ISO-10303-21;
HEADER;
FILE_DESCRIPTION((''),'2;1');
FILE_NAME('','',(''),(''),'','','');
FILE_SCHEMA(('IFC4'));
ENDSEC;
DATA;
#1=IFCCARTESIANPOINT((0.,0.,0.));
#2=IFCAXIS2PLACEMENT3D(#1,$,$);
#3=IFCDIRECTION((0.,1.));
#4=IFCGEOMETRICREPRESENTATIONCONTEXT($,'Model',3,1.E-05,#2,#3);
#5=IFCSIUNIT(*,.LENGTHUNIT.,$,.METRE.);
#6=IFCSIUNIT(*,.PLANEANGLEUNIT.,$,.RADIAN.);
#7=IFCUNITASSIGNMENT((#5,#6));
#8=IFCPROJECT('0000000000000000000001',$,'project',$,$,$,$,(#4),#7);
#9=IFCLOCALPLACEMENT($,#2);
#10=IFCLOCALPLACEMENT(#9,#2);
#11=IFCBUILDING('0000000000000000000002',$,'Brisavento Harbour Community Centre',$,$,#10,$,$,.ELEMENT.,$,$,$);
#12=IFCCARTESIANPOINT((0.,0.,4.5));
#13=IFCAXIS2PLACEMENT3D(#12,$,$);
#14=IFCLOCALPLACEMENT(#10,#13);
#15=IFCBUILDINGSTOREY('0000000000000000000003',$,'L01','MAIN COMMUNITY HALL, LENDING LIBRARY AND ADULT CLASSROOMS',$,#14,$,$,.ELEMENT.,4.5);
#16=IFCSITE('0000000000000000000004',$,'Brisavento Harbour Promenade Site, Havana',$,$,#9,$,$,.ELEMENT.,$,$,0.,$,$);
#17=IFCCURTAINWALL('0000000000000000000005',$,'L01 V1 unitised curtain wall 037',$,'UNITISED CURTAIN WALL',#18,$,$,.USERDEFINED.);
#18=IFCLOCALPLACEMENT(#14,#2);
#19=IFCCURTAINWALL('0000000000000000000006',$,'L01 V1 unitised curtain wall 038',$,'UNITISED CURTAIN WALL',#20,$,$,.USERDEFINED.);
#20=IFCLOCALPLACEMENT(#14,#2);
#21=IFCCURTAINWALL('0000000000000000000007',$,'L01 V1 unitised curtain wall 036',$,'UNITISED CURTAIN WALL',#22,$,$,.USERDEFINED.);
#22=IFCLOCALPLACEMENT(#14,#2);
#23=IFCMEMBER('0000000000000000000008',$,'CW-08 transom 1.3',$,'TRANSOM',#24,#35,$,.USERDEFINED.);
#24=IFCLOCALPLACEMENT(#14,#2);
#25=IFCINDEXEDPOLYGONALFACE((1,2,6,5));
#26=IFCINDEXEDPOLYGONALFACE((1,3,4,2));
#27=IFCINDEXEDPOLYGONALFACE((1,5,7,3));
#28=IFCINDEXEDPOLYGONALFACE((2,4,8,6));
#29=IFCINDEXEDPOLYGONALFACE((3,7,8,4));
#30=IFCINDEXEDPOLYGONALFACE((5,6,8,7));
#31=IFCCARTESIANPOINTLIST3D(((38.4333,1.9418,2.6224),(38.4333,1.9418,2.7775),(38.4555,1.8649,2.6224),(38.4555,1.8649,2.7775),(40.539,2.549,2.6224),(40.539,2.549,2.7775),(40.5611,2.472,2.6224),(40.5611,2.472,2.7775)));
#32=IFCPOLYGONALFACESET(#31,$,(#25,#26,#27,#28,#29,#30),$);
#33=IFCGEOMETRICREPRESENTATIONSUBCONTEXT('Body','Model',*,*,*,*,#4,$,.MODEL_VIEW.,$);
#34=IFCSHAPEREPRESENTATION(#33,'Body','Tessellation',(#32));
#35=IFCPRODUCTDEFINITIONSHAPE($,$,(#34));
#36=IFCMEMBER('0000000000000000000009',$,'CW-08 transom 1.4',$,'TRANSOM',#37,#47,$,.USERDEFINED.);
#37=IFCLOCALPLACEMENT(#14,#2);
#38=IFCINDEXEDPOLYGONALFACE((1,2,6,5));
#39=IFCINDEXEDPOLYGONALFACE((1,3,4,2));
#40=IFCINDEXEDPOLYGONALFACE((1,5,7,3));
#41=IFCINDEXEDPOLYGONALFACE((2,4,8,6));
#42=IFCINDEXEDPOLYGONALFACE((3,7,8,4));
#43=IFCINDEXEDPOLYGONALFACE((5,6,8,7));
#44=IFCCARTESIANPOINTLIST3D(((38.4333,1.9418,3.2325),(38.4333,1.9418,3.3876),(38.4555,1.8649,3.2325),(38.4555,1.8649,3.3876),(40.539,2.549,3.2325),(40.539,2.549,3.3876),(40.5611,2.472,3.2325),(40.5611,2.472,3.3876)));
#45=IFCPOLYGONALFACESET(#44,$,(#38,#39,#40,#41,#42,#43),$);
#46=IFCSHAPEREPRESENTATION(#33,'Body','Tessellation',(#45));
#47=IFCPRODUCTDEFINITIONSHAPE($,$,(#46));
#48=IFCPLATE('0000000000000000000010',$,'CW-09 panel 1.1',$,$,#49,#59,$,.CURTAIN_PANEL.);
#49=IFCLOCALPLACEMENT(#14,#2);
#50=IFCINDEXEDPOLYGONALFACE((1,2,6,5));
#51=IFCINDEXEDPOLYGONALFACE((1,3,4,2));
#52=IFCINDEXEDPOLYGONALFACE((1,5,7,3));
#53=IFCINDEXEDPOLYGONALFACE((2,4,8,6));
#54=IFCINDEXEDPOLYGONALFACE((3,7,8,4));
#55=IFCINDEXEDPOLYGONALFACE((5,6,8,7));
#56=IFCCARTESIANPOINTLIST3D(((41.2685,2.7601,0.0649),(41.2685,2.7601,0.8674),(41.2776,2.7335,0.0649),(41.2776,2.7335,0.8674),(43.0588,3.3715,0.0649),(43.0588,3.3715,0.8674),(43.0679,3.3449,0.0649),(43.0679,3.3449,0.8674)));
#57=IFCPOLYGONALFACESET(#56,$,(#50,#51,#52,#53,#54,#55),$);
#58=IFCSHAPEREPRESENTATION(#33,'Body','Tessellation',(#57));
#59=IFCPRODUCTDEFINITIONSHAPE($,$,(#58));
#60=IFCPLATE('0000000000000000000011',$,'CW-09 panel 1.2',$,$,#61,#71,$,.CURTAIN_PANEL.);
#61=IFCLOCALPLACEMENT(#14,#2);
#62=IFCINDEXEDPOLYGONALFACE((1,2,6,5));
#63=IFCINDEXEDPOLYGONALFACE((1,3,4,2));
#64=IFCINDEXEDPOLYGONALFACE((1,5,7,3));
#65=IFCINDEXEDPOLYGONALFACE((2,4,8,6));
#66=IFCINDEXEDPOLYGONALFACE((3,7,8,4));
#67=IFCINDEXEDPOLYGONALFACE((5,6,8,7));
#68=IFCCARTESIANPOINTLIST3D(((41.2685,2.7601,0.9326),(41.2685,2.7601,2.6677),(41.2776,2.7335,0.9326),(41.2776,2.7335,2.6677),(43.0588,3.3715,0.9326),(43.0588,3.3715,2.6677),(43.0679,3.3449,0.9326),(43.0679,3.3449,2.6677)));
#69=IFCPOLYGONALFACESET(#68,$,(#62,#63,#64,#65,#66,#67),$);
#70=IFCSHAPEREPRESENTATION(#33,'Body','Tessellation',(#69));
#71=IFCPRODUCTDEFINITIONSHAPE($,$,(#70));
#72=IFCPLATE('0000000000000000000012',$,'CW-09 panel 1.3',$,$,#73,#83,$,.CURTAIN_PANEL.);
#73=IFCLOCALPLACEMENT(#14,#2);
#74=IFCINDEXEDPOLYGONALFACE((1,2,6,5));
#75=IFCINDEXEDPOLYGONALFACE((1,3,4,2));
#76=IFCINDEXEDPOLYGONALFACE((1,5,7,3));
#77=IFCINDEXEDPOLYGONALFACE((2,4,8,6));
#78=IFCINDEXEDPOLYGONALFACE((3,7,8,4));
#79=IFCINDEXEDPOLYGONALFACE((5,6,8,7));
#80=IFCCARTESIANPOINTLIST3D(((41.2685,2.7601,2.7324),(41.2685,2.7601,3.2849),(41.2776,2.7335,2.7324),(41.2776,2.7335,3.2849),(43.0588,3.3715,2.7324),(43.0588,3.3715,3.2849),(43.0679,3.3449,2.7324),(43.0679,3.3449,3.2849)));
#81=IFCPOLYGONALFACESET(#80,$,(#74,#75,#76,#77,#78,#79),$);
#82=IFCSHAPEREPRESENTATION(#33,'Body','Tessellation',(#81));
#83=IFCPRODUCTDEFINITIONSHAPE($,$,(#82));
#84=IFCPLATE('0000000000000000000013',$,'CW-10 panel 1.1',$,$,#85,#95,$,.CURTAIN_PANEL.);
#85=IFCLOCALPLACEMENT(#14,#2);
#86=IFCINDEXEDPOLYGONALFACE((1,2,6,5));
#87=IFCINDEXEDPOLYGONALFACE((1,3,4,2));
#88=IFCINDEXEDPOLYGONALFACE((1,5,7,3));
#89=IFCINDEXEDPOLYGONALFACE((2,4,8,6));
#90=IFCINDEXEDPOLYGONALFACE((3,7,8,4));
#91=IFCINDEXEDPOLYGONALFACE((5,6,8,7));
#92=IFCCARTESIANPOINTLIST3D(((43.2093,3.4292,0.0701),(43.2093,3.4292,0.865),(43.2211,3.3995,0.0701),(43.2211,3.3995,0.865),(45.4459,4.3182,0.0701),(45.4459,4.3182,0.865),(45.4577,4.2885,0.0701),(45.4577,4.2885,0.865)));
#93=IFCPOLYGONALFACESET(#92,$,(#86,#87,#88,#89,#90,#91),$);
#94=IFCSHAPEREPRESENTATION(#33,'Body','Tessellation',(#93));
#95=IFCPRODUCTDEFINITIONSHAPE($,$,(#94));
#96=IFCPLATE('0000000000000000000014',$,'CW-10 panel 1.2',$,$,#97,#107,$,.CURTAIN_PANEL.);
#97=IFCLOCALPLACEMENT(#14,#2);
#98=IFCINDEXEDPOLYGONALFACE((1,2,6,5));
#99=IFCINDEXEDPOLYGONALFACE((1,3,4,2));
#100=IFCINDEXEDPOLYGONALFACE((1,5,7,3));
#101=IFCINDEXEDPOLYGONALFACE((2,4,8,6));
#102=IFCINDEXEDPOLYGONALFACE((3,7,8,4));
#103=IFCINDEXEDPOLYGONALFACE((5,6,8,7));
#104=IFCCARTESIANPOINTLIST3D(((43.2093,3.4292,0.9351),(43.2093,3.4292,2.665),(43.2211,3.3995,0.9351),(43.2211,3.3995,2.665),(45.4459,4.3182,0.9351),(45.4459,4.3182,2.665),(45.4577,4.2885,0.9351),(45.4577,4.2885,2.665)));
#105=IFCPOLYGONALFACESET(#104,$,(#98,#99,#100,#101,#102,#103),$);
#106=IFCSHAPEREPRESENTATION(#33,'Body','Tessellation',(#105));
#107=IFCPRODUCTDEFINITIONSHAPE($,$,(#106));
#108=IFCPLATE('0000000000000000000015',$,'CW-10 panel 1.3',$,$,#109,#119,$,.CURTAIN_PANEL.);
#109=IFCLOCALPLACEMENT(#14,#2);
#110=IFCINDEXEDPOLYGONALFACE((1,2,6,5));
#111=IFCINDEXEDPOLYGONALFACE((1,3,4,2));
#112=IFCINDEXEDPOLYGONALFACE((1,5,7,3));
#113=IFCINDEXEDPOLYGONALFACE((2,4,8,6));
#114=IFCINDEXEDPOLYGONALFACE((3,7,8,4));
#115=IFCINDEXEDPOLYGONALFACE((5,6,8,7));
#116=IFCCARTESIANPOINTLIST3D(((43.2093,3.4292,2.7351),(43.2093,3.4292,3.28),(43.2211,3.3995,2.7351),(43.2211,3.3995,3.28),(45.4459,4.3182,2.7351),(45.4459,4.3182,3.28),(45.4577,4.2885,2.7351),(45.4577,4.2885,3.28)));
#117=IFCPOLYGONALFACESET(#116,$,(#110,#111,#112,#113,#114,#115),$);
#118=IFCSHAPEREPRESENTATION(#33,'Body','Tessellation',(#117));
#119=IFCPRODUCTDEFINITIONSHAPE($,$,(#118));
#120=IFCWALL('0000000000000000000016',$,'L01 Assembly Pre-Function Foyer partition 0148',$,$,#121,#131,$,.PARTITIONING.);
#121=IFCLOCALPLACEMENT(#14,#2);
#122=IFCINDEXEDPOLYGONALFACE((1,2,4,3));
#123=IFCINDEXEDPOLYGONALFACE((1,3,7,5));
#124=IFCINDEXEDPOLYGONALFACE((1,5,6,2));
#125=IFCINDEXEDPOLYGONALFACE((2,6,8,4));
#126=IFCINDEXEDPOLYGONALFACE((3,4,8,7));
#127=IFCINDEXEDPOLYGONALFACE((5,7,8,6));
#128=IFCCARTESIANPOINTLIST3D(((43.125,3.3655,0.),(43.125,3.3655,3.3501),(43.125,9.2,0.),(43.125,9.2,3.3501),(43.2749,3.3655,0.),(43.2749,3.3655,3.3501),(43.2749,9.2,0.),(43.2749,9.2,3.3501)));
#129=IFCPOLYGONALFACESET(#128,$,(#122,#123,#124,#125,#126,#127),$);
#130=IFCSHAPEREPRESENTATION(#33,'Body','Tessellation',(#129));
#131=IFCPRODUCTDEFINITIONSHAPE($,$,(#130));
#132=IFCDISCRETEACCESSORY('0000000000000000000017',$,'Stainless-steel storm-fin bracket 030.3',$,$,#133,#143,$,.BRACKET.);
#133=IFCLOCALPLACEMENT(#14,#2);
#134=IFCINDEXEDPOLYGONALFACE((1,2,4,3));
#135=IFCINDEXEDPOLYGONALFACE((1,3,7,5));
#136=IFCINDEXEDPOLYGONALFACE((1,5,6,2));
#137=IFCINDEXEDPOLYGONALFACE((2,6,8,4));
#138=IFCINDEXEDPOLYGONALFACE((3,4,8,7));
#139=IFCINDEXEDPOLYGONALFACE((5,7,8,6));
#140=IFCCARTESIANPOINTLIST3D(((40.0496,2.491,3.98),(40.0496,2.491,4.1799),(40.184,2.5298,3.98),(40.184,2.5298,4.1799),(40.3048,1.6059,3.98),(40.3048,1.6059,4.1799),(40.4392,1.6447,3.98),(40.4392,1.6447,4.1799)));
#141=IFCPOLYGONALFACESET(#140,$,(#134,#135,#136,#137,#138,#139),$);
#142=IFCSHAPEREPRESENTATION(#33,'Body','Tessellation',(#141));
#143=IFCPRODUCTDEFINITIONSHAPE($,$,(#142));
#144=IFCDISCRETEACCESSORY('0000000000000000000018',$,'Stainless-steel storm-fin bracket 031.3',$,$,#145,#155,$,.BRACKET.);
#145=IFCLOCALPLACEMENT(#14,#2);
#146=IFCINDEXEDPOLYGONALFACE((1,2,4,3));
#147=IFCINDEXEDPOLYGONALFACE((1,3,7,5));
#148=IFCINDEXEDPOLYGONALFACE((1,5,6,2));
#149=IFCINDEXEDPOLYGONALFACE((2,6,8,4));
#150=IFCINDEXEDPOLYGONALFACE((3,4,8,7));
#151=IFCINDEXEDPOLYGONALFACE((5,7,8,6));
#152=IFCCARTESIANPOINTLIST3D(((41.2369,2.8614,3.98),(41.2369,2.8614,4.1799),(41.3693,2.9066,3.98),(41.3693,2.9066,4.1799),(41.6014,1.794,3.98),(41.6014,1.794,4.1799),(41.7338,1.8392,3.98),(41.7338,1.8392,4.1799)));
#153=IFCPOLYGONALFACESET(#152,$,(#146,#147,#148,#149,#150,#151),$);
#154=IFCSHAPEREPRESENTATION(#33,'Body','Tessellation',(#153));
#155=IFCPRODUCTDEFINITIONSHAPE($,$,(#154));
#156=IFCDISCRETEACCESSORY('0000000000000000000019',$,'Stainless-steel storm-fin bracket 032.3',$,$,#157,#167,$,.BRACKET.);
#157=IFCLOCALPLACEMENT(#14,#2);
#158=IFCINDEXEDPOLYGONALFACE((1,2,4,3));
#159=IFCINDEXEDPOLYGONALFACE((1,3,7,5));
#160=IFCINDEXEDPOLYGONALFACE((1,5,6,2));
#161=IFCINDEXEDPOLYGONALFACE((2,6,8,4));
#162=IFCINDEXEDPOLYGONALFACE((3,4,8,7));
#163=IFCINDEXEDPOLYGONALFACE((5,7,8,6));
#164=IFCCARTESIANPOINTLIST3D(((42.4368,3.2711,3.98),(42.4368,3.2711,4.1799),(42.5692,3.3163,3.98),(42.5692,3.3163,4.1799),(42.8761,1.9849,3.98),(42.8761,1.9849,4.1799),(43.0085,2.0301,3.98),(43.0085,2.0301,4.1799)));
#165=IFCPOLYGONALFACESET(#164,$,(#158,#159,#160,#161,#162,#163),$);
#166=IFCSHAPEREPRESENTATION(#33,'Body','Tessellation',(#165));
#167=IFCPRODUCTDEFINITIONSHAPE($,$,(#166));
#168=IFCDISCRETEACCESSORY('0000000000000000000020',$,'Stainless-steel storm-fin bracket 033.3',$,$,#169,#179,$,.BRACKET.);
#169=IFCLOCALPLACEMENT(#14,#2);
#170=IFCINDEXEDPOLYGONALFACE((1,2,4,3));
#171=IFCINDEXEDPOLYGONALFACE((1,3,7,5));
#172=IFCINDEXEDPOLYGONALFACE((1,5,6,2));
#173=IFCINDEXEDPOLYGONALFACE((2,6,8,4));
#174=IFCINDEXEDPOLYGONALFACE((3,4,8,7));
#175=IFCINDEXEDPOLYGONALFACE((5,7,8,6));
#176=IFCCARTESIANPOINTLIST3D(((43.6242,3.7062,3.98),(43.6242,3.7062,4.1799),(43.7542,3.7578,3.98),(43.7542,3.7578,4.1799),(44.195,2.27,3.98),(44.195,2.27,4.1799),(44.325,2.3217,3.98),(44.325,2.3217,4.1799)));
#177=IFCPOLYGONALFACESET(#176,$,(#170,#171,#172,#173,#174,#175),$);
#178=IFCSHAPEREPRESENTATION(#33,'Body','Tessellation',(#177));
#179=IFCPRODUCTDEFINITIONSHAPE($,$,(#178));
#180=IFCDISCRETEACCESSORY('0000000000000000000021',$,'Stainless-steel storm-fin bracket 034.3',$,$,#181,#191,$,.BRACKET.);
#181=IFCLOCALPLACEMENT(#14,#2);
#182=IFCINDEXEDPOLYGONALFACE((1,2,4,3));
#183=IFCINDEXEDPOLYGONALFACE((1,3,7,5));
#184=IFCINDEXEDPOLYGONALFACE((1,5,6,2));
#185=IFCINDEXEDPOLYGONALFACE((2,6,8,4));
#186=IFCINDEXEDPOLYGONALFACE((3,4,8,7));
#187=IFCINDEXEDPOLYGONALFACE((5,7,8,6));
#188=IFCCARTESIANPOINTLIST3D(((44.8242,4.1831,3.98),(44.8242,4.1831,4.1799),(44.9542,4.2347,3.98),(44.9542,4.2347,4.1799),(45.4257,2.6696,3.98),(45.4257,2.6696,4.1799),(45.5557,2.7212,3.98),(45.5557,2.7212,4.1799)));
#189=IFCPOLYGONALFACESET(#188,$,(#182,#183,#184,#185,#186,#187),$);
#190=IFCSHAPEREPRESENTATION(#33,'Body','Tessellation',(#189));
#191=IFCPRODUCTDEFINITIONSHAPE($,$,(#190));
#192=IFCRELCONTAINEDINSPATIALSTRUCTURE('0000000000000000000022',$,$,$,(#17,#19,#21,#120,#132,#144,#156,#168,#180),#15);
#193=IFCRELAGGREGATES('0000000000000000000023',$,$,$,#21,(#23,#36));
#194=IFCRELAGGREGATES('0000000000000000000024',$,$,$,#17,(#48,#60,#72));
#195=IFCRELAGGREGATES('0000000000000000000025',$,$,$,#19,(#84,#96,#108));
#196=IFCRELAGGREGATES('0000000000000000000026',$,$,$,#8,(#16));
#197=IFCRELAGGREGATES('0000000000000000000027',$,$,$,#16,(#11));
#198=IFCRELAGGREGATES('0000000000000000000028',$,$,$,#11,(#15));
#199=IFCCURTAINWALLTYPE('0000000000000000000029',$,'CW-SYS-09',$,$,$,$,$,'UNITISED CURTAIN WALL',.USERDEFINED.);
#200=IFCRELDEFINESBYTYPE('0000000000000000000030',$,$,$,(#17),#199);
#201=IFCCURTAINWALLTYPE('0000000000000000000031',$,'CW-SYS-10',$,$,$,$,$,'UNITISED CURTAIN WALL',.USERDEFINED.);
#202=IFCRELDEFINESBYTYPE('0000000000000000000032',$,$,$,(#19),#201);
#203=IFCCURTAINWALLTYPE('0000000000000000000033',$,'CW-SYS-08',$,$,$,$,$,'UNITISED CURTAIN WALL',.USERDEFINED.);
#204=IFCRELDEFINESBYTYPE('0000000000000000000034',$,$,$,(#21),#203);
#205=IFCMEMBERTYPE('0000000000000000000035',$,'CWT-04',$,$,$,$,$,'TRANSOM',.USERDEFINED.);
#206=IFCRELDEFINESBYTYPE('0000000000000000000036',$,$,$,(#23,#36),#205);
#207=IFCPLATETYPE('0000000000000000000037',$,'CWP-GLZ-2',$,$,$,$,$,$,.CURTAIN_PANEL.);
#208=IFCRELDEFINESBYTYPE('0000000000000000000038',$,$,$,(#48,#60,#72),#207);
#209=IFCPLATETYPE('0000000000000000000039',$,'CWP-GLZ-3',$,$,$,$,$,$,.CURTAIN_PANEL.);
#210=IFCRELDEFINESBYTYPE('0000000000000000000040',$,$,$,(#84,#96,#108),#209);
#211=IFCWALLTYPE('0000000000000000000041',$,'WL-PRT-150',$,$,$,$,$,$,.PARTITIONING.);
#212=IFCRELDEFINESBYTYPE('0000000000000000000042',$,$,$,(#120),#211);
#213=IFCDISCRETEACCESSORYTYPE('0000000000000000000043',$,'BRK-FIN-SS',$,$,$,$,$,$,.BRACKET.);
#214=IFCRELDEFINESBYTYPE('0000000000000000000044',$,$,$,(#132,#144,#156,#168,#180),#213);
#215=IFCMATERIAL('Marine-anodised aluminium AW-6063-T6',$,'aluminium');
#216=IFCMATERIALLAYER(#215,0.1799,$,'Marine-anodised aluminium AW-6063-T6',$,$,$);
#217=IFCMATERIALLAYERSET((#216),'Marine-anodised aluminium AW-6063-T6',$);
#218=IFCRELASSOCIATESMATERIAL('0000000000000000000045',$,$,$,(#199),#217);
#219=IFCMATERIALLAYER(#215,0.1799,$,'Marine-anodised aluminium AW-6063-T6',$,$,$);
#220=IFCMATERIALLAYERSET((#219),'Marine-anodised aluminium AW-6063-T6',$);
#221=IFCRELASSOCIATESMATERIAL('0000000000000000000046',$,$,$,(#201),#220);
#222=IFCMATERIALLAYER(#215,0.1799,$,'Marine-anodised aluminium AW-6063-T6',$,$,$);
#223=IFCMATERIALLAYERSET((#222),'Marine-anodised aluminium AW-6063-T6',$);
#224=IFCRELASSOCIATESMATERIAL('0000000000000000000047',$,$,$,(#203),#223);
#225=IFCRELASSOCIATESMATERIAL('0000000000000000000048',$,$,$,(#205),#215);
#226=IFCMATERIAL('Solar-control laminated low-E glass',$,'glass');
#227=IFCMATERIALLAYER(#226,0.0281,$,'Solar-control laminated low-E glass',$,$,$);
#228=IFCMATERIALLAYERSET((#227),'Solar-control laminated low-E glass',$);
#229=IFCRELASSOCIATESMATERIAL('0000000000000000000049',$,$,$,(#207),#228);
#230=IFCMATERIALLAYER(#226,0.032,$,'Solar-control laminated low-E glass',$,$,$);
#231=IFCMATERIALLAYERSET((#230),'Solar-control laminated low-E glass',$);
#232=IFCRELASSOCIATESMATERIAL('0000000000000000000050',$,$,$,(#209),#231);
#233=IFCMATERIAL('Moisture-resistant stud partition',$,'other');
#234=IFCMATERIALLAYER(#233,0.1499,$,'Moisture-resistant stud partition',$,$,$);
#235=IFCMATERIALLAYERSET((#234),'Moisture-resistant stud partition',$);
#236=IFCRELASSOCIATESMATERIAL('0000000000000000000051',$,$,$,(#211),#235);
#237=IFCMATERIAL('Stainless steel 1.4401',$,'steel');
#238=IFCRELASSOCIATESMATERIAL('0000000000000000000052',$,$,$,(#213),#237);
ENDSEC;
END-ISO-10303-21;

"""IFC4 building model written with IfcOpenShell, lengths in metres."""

from ifc_helpers import new_model, si_unit, direction, frame, frame_2d, origin, origin_2d, place, context, subcontext, project, spatial, rectangle, extrude, material, layer, layer_set, material_profile, profile_set, type_object, element, aggregate, save


model = new_model("IFC4")

# Units and contexts
model_context = context("Model", 3, precision=1e-05, world=origin(), true_north=direction((0.0, 1.0)))
body_context = subcontext(model_context, "Body", "Model", "MODEL_VIEW")
ifc_project = project(units=[si_unit("LENGTHUNIT", "METRE"), si_unit("PLANEANGLEUNIT", "RADIAN")], contexts=[model_context])

# Site, building, storey
site_placement = place(None, origin())
site = spatial("IfcSite", under=ifc_project, at=site_placement, Name="Brisavento Harbour Promenade Site, Havana", CompositionType="ELEMENT", RefElevation=0.0)
building_placement = place(site_placement, origin())
building = spatial("IfcBuilding", under=site, at=building_placement, Name="Brisavento Harbour Community Centre", CompositionType="ELEMENT")
storey_placement = place(building_placement, frame((0.0, 0.0, 4.5)))
storey = spatial("IfcBuildingStorey", under=building, at=storey_placement, Name="L01", Description="MAIN COMMUNITY HALL, LENDING LIBRARY AND ADULT CLASSROOMS", CompositionType="ELEMENT", Elevation=4.5)

# Curtain wall
ifc_material_1 = material(Name="Marine-anodised aluminium AW-6063-T6", Category="aluminium")
ifc_layer_1 = layer(ifc_material_1, 0.1799, Name="Marine-anodised aluminium AW-6063-T6")
ifc_layer_set_1 = layer_set([ifc_layer_1], Name="Marine-anodised aluminium AW-6063-T6")
curtain_wall_type_1 = type_object("IfcCurtainWallType", Name="CW-SYS-09", ElementType="UNITISED CURTAIN WALL", PredefinedType="USERDEFINED", material=ifc_layer_set_1)
curtain_wall_1_placement = place(storey_placement, origin())
curtain_wall_1 = element("IfcCurtainWall", 1, at=curtain_wall_1_placement, inside=storey, type_object=curtain_wall_type_1, Name="L01 V1 unitised curtain wall 037", ObjectType="UNITISED CURTAIN WALL", PredefinedType="USERDEFINED")

# Curtain walls
ifc_layer_2 = layer(ifc_material_1, 0.1799, Name="Marine-anodised aluminium AW-6063-T6")
ifc_layer_set_2 = layer_set([ifc_layer_2], Name="Marine-anodised aluminium AW-6063-T6")
curtain_wall_type_2 = type_object("IfcCurtainWallType", Name="CW-SYS-10", ElementType="UNITISED CURTAIN WALL", PredefinedType="USERDEFINED", material=ifc_layer_set_2)
curtain_wall_2_placement = place(storey_placement, origin())
curtain_wall_2 = element("IfcCurtainWall", 2, at=curtain_wall_2_placement, inside=storey, type_object=curtain_wall_type_2, Name="L01 V1 unitised curtain wall 038", ObjectType="UNITISED CURTAIN WALL", PredefinedType="USERDEFINED")
ifc_layer_3 = layer(ifc_material_1, 0.1799, Name="Marine-anodised aluminium AW-6063-T6")
ifc_layer_set_3 = layer_set([ifc_layer_3], Name="Marine-anodised aluminium AW-6063-T6")
curtain_wall_type_3 = type_object("IfcCurtainWallType", Name="CW-SYS-08", ElementType="UNITISED CURTAIN WALL", PredefinedType="USERDEFINED", material=ifc_layer_set_3)
curtain_wall_3_placement = place(storey_placement, origin())
curtain_wall_3 = element("IfcCurtainWall", 3, at=curtain_wall_3_placement, inside=storey, type_object=curtain_wall_type_3, Name="L01 V1 unitised curtain wall 036", ObjectType="UNITISED CURTAIN WALL", PredefinedType="USERDEFINED")

# Members
ifc_material_profile_1 = material_profile(ifc_material_1, rectangle(XDim=0.0801, YDim=0.155, at=origin_2d()), Name="Marine-anodised aluminium AW-6063-T6")
ifc_profile_set_1 = profile_set([ifc_material_profile_1], Name="Marine-anodised aluminium AW-6063-T6")
member_type_1 = type_object("IfcMemberType", Name="CWT-04", ElementType="TRANSOM", PredefinedType="USERDEFINED", material=ifc_profile_set_1)
member_1_placement = place(storey_placement, frame((40.55, 2.5105, 2.7), z_axis=(-0.960853, -0.27706, 0.0), x_axis=(0.27706, -0.960853, 0.0)))
member_1 = element("IfcMember", 4, at=member_1_placement, type_object=member_type_1, Name="CW-08 transom 1.3", ObjectType="TRANSOM", PredefinedType="USERDEFINED", context=body_context, shape_type="SweptSolid", body=[
    extrude(rectangle(XDim=0.0801, YDim=0.155, at=origin_2d()), origin(), (0.0, 0.0, 1.0), 2.1914),
])
member_2_placement = place(storey_placement, frame((40.55, 2.5105, 3.3101), z_axis=(-0.960853, -0.27706, 0.0), x_axis=(0.27706, -0.960853, 0.0)))
member_2 = element("IfcMember", 5, at=member_2_placement, type_object=member_type_1, Name="CW-08 transom 1.4", ObjectType="TRANSOM", PredefinedType="USERDEFINED", context=body_context, shape_type="SweptSolid", body=[
    extrude(rectangle(XDim=0.0801, YDim=0.155, at=origin_2d()), origin(), (0.0, 0.0, 1.0), 2.1914),
])
aggregate(curtain_wall_3, [member_1, member_2])

# Plates
ifc_material_2 = material(Name="Solar-control laminated low-E glass", Category="glass")
ifc_layer_4 = layer(ifc_material_2, 0.0281, Name="Solar-control laminated low-E glass")
ifc_layer_set_4 = layer_set([ifc_layer_4], Name="Solar-control laminated low-E glass")
plate_type_1 = type_object("IfcPlateType", Name="CWP-GLZ-2", PredefinedType="CURTAIN_PANEL", material=ifc_layer_set_4)
plate_1_placement = place(storey_placement, frame((42.1682, 3.0525, 0.0649), z_axis=(0.0, 0.0, 1.0), x_axis=(-0.946338, -0.323178, 0.0)))
plate_1 = element("IfcPlate", 6, at=plate_1_placement, type_object=plate_type_1, Name="CW-09 panel 1.1", PredefinedType="CURTAIN_PANEL", context=body_context, shape_type="SweptSolid", body=[
    extrude(rectangle(XDim=1.8918, YDim=0.0281, at=origin_2d()), origin(), (0.0, 0.0, 1.0), 0.8025),
])
plate_2_placement = place(storey_placement, frame((42.1682, 3.0525, 0.9326), z_axis=(0.0, 0.0, 1.0), x_axis=(-0.946338, -0.323178, 0.0)))
plate_2 = element("IfcPlate", 7, at=plate_2_placement, type_object=plate_type_1, Name="CW-09 panel 1.2", PredefinedType="CURTAIN_PANEL", context=body_context, shape_type="SweptSolid", body=[
    extrude(rectangle(XDim=1.8918, YDim=0.0281, at=origin_2d()), origin(), (0.0, 0.0, 1.0), 1.7351),
])
plate_3_placement = place(storey_placement, frame((42.1682, 3.0525, 2.7324), z_axis=(0.0, 0.0, 1.0), x_axis=(-0.946338, -0.323178, 0.0)))
plate_3 = element("IfcPlate", 8, at=plate_3_placement, type_object=plate_type_1, Name="CW-09 panel 1.3", PredefinedType="CURTAIN_PANEL", context=body_context, shape_type="SweptSolid", body=[
    extrude(rectangle(XDim=1.8918, YDim=0.0281, at=origin_2d()), origin(), (0.0, 0.0, 1.0), 0.5525),
])
aggregate(curtain_wall_1, [plate_1, plate_2, plate_3])
ifc_layer_5 = layer(ifc_material_2, 0.032, Name="Solar-control laminated low-E glass")
ifc_layer_set_5 = layer_set([ifc_layer_5], Name="Solar-control laminated low-E glass")
plate_type_2 = type_object("IfcPlateType", Name="CWP-GLZ-3", PredefinedType="CURTAIN_PANEL", material=ifc_layer_set_5)
plate_4_placement = place(storey_placement, frame((44.3335, 3.8589, 0.0701), z_axis=(0.0, 0.0, 1.0), x_axis=(-0.929279, -0.369379, 0.0)))
plate_4 = element("IfcPlate", 9, at=plate_4_placement, type_object=plate_type_2, Name="CW-10 panel 1.1", PredefinedType="CURTAIN_PANEL", context=body_context, shape_type="SweptSolid", body=[
    extrude(rectangle(XDim=2.4067, YDim=0.032, at=origin_2d()), origin(), (0.0, 0.0, 1.0), 0.7949),
])
plate_5_placement = place(storey_placement, frame((44.3335, 3.8589, 0.9351), z_axis=(0.0, 0.0, 1.0), x_axis=(-0.929279, -0.369379, 0.0)))
plate_5 = element("IfcPlate", 10, at=plate_5_placement, type_object=plate_type_2, Name="CW-10 panel 1.2", PredefinedType="CURTAIN_PANEL", context=body_context, shape_type="SweptSolid", body=[
    extrude(rectangle(XDim=2.4067, YDim=0.032, at=origin_2d()), origin(), (0.0, 0.0, 1.0), 1.73),
])
plate_6_placement = place(storey_placement, frame((44.3335, 3.8589, 2.7351), z_axis=(0.0, 0.0, 1.0), x_axis=(-0.929279, -0.369379, 0.0)))
plate_6 = element("IfcPlate", 11, at=plate_6_placement, type_object=plate_type_2, Name="CW-10 panel 1.3", PredefinedType="CURTAIN_PANEL", context=body_context, shape_type="SweptSolid", body=[
    extrude(rectangle(XDim=2.4067, YDim=0.032, at=origin_2d()), origin(), (0.0, 0.0, 1.0), 0.5449),
])
aggregate(curtain_wall_2, [plate_4, plate_5, plate_6])

# Wall
ifc_material_3 = material(Name="Moisture-resistant stud partition", Category="other")
ifc_layer_6 = layer(ifc_material_3, 0.1499, Name="Moisture-resistant stud partition")
ifc_layer_set_6 = layer_set([ifc_layer_6], Name="Moisture-resistant stud partition")
wall_type = type_object("IfcWallType", Name="WL-PRT-150", PredefinedType="PARTITIONING", material=ifc_layer_set_6)
wall_placement = place(storey_placement, frame((43.2, 3.3655, 0.0), z_axis=(0.0, 0.0, 1.0), x_axis=(0.0, 1.0, 0.0)))
element("IfcWall", 12, at=wall_placement, inside=storey, type_object=wall_type, Name="L01 Assembly Pre-Function Foyer partition 0148", PredefinedType="PARTITIONING", context=body_context, shape_type="SweptSolid", body=[
    extrude(rectangle(XDim=5.8345, YDim=0.1499, at=frame_2d((2.9172, 0.0))), origin(), (0.0, 0.0, 1.0), 3.3501),
])

# Discrete accessories
ifc_material_4 = material(Name="Stainless steel 1.4401", Category="steel")
discrete_accessory_type = type_object("IfcDiscreteAccessoryType", Name="BRK-FIN-SS", PredefinedType="BRACKET", material=ifc_material_4)
discrete_accessory_1_placement = place(storey_placement, frame((40.2444, 2.0679, 3.98), z_axis=(0.0, 0.0, 1.0), x_axis=(0.276996, -0.960871, 0.0)))
element("IfcDiscreteAccessory", 13, at=discrete_accessory_1_placement, inside=storey, type_object=discrete_accessory_type, Name="Stainless-steel storm-fin bracket 030.3", PredefinedType="BRACKET", context=body_context, shape_type="SweptSolid", body=[
    extrude(rectangle(XDim=0.9211, YDim=0.1399, at=origin_2d()), origin(), (0.0, 0.0, 1.0), 0.2),
])
discrete_accessory_2_placement = place(storey_placement, frame((41.4854, 2.3503, 3.98), z_axis=(0.0, 0.0, 1.0), x_axis=(0.323174, -0.946339, 0.0)))
element("IfcDiscreteAccessory", 14, at=discrete_accessory_2_placement, inside=storey, type_object=discrete_accessory_type, Name="Stainless-steel storm-fin bracket 031.3", PredefinedType="BRACKET", context=body_context, shape_type="SweptSolid", body=[
    extrude(rectangle(XDim=1.1279, YDim=0.1399, at=origin_2d()), origin(), (0.0, 0.0, 1.0), 0.2),
])
discrete_accessory_3_placement = place(storey_placement, frame((42.7227, 2.6506, 3.98), z_axis=(0.0, 0.0, 1.0), x_axis=(0.323174, -0.946339, 0.0)))
element("IfcDiscreteAccessory", 15, at=discrete_accessory_3_placement, inside=storey, type_object=discrete_accessory_type, Name="Stainless-steel storm-fin bracket 032.3", PredefinedType="BRACKET", context=body_context, shape_type="SweptSolid", body=[
    extrude(rectangle(XDim=1.3591, YDim=0.1399, at=origin_2d()), origin(), (0.0, 0.0, 1.0), 0.2),
])
discrete_accessory_4_placement = place(storey_placement, frame((43.9746, 3.0139, 3.98), z_axis=(0.0, 0.0, 1.0), x_axis=(0.369341, -0.929294, 0.0)))
element("IfcDiscreteAccessory", 16, at=discrete_accessory_4_placement, inside=storey, type_object=discrete_accessory_type, Name="Stainless-steel storm-fin bracket 033.3", PredefinedType="BRACKET", context=body_context, shape_type="SweptSolid", body=[
    extrude(rectangle(XDim=1.5454, YDim=0.1399, at=origin_2d()), origin(), (0.0, 0.0, 1.0), 0.2),
])
discrete_accessory_5_placement = place(storey_placement, frame((45.1899, 3.4521, 3.98), z_axis=(0.0, 0.0, 1.0), x_axis=(0.369341, -0.929294, 0.0)))
element("IfcDiscreteAccessory", 17, at=discrete_accessory_5_placement, inside=storey, type_object=discrete_accessory_type, Name="Stainless-steel storm-fin bracket 034.3", PredefinedType="BRACKET", context=body_context, shape_type="SweptSolid", body=[
    extrude(rectangle(XDim=1.6287, YDim=0.1399, at=origin_2d()), origin(), (0.0, 0.0, 1.0), 0.2),
])

save(model, "model.ifc")
